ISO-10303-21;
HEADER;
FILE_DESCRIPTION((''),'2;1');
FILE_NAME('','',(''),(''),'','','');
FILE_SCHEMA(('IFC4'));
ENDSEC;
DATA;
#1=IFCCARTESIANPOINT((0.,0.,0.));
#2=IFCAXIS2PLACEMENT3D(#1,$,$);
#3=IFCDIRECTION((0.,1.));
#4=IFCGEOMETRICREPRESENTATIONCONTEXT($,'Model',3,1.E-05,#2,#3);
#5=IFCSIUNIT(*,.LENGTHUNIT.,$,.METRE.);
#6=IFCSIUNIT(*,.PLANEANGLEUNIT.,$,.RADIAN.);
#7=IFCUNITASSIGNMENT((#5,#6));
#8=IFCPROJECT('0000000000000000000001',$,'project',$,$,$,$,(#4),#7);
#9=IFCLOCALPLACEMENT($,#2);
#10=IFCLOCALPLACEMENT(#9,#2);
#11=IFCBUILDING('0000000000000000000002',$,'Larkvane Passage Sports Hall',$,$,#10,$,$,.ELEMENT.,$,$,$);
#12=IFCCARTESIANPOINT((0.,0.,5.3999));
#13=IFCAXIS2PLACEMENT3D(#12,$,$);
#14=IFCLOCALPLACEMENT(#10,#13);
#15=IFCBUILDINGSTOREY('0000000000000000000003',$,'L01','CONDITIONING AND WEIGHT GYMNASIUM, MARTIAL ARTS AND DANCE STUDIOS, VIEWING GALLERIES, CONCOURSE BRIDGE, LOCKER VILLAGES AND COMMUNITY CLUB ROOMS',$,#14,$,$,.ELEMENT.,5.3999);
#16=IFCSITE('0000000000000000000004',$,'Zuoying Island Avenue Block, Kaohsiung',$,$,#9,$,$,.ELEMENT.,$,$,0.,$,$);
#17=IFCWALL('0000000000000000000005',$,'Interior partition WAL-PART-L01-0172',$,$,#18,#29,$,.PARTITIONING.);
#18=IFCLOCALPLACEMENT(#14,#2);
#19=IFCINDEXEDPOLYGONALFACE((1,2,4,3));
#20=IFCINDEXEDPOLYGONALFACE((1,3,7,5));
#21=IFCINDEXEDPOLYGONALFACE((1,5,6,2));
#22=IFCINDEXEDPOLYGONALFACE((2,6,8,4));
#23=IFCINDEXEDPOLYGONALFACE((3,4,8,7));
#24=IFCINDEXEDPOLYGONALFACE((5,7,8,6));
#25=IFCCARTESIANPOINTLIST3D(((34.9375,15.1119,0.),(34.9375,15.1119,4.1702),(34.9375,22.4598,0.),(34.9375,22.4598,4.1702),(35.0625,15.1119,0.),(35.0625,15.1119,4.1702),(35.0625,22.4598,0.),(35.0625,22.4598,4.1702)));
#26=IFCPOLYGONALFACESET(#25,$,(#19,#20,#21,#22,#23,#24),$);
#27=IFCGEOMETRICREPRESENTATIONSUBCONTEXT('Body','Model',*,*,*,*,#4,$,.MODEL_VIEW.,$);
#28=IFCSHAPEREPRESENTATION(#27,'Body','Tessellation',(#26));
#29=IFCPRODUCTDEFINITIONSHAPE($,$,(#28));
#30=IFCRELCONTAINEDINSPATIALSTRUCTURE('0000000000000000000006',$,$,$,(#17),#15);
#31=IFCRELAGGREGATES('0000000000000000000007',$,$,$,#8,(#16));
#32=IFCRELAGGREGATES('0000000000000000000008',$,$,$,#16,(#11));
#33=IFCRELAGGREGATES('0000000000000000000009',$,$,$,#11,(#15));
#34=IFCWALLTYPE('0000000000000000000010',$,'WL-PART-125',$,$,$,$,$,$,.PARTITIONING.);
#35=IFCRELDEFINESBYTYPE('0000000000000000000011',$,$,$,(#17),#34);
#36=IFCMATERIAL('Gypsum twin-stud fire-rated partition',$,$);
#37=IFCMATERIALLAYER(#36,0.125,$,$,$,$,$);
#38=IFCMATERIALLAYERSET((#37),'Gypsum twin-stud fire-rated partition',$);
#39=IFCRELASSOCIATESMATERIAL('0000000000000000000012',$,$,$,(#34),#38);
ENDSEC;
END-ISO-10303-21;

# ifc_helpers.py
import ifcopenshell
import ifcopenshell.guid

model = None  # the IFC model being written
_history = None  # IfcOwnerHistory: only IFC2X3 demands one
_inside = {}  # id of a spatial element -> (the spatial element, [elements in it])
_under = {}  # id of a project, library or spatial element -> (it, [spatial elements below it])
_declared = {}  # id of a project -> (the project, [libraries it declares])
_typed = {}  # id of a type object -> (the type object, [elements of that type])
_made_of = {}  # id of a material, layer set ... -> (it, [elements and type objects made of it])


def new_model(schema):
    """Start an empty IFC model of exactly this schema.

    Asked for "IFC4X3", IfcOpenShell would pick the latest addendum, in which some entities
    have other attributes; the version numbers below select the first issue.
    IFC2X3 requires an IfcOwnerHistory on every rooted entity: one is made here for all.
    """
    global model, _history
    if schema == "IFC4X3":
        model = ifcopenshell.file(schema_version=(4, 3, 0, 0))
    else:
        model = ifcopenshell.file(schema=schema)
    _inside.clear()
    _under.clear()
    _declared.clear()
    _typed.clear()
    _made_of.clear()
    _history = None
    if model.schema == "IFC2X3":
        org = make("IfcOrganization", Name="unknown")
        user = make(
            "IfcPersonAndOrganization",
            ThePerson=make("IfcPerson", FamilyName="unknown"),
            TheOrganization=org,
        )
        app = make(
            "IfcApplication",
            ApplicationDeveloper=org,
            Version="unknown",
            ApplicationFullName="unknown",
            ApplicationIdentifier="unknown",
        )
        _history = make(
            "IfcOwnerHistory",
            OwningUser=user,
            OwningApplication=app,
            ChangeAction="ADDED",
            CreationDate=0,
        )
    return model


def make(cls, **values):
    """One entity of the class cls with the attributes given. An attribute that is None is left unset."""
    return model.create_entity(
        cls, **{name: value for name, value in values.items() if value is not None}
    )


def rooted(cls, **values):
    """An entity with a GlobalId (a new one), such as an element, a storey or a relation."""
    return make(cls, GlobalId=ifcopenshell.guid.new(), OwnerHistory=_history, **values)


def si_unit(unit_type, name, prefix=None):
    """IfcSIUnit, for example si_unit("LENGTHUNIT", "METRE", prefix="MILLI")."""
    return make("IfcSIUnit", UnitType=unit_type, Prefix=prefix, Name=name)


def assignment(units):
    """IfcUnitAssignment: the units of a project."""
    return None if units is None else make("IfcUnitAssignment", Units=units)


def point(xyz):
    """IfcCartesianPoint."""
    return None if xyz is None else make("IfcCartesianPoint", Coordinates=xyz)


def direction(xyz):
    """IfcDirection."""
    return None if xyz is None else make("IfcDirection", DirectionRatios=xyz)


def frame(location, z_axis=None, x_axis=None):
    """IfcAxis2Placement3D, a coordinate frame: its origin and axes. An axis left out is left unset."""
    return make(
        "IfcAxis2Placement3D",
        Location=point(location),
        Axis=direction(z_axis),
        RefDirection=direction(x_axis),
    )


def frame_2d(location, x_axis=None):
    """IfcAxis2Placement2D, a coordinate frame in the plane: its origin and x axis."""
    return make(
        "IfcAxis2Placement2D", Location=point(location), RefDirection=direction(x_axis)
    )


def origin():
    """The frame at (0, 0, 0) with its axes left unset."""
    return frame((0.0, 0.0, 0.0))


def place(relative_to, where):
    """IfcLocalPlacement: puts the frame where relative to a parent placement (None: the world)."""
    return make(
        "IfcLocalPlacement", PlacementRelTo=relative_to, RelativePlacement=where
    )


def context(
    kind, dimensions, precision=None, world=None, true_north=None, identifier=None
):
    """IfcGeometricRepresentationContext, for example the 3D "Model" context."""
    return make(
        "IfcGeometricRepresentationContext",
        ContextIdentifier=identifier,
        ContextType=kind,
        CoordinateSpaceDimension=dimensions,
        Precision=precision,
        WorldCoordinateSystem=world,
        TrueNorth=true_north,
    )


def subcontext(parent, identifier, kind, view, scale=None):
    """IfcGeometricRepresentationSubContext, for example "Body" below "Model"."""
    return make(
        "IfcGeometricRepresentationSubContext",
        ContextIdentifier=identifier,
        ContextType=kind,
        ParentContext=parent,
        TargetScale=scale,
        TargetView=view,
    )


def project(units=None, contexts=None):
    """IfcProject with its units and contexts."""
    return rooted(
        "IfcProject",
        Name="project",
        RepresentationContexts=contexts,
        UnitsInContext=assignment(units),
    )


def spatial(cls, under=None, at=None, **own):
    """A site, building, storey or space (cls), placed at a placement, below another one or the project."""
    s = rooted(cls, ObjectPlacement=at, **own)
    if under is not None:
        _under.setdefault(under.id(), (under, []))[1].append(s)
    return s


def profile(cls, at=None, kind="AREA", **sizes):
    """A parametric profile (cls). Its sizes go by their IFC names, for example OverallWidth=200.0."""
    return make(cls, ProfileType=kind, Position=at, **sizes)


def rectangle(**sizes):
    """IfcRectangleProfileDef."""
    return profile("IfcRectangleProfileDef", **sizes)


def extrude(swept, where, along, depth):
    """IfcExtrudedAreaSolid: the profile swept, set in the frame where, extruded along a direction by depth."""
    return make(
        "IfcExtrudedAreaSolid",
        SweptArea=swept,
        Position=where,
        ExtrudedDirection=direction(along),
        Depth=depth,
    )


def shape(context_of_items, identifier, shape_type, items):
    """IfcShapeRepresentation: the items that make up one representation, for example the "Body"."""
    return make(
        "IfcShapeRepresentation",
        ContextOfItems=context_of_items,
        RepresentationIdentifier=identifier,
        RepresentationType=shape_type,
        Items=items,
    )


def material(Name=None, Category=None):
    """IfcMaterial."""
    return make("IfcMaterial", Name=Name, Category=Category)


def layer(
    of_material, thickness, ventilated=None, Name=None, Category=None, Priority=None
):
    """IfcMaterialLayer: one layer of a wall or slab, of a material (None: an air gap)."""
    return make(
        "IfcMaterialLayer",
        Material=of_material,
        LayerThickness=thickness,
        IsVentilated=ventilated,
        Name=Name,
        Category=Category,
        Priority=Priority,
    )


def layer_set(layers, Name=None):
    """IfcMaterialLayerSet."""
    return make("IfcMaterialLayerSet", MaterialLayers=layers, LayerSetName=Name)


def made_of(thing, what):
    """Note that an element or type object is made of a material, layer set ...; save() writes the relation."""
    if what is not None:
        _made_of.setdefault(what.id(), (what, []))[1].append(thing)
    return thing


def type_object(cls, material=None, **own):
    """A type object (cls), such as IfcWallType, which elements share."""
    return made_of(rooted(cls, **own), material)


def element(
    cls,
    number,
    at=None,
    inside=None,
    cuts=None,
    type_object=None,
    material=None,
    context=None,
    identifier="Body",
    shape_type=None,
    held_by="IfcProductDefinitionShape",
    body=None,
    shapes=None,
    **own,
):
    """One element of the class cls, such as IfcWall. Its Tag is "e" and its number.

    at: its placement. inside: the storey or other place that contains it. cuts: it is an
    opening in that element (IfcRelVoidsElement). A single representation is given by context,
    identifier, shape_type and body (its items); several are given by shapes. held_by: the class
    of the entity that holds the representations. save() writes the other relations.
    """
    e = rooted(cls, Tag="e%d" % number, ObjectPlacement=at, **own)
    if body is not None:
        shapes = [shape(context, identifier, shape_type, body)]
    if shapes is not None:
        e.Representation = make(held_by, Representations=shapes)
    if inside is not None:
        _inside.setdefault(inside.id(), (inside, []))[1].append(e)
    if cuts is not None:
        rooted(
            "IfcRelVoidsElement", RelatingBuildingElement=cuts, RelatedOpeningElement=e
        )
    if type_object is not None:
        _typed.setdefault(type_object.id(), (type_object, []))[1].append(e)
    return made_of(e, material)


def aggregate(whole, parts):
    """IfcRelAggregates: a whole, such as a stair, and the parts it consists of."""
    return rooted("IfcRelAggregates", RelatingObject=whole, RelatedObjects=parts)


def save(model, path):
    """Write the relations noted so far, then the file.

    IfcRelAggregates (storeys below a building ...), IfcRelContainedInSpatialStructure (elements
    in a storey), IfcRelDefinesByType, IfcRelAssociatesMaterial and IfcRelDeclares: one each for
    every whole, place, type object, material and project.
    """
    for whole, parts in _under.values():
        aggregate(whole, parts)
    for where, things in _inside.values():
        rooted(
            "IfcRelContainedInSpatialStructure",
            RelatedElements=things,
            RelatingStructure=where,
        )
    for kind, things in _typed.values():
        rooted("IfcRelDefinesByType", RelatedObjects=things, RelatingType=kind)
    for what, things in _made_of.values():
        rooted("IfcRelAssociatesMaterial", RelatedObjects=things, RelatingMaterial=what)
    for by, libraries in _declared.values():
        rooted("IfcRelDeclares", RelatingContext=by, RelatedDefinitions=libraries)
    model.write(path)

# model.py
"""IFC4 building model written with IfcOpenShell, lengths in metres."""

from ifc_helpers import new_model, si_unit, direction, frame, frame_2d, origin, place, context, subcontext, project, spatial, rectangle, extrude, material, layer, layer_set, type_object, element, save


model = new_model("IFC4")

# Units and contexts
model_context = context("Model", 3, precision=1e-05, world=origin(), true_north=direction((0.0, 1.0)))
body_context = subcontext(model_context, "Body", "Model", "MODEL_VIEW")
ifc_project = project(units=[si_unit("LENGTHUNIT", "METRE"), si_unit("PLANEANGLEUNIT", "RADIAN")], contexts=[model_context])

# Site, building, storey
site_placement = place(None, origin())
site = spatial("IfcSite", under=ifc_project, at=site_placement, Name="Zuoying Island Avenue Block, Kaohsiung", CompositionType="ELEMENT", RefElevation=0.0)
building_placement = place(site_placement, origin())
building = spatial("IfcBuilding", under=site, at=building_placement, Name="Larkvane Passage Sports Hall", CompositionType="ELEMENT")
storey_placement = place(building_placement, frame((0.0, 0.0, 5.3999)))
storey = spatial("IfcBuildingStorey", under=building, at=storey_placement, Name="L01", Description="CONDITIONING AND WEIGHT GYMNASIUM, MARTIAL ARTS AND DANCE STUDIOS, VIEWING GALLERIES, CONCOURSE BRIDGE, LOCKER VILLAGES AND COMMUNITY CLUB ROOMS", CompositionType="ELEMENT", Elevation=5.3999)

# Wall
ifc_material_1 = material(Name="Gypsum twin-stud fire-rated partition")
ifc_layer_1 = layer(ifc_material_1, 0.125)
ifc_layer_set_1 = layer_set([ifc_layer_1], Name="Gypsum twin-stud fire-rated partition")
wall_type_1 = type_object("IfcWallType", Name="WL-PART-125", PredefinedType="PARTITIONING", material=ifc_layer_set_1)
wall_1_placement = place(storey_placement, frame((35.0, 15.1121, 0.0), z_axis=(0.0, 0.0, 1.0), x_axis=(0.0, 1.0, 0.0)))
element("IfcWall", 1, at=wall_1_placement, inside=storey, type_object=wall_type_1, Name="Interior partition WAL-PART-L01-0172", PredefinedType="PARTITIONING", context=body_context, shape_type="SweptSolid", body=[
    extrude(rectangle(XDim=7.3479, YDim=0.125, at=frame_2d((3.6738, 0.0))), origin(), (0.0, 0.0, 1.0), 4.1702),
])

save(model, "model.ifc")
